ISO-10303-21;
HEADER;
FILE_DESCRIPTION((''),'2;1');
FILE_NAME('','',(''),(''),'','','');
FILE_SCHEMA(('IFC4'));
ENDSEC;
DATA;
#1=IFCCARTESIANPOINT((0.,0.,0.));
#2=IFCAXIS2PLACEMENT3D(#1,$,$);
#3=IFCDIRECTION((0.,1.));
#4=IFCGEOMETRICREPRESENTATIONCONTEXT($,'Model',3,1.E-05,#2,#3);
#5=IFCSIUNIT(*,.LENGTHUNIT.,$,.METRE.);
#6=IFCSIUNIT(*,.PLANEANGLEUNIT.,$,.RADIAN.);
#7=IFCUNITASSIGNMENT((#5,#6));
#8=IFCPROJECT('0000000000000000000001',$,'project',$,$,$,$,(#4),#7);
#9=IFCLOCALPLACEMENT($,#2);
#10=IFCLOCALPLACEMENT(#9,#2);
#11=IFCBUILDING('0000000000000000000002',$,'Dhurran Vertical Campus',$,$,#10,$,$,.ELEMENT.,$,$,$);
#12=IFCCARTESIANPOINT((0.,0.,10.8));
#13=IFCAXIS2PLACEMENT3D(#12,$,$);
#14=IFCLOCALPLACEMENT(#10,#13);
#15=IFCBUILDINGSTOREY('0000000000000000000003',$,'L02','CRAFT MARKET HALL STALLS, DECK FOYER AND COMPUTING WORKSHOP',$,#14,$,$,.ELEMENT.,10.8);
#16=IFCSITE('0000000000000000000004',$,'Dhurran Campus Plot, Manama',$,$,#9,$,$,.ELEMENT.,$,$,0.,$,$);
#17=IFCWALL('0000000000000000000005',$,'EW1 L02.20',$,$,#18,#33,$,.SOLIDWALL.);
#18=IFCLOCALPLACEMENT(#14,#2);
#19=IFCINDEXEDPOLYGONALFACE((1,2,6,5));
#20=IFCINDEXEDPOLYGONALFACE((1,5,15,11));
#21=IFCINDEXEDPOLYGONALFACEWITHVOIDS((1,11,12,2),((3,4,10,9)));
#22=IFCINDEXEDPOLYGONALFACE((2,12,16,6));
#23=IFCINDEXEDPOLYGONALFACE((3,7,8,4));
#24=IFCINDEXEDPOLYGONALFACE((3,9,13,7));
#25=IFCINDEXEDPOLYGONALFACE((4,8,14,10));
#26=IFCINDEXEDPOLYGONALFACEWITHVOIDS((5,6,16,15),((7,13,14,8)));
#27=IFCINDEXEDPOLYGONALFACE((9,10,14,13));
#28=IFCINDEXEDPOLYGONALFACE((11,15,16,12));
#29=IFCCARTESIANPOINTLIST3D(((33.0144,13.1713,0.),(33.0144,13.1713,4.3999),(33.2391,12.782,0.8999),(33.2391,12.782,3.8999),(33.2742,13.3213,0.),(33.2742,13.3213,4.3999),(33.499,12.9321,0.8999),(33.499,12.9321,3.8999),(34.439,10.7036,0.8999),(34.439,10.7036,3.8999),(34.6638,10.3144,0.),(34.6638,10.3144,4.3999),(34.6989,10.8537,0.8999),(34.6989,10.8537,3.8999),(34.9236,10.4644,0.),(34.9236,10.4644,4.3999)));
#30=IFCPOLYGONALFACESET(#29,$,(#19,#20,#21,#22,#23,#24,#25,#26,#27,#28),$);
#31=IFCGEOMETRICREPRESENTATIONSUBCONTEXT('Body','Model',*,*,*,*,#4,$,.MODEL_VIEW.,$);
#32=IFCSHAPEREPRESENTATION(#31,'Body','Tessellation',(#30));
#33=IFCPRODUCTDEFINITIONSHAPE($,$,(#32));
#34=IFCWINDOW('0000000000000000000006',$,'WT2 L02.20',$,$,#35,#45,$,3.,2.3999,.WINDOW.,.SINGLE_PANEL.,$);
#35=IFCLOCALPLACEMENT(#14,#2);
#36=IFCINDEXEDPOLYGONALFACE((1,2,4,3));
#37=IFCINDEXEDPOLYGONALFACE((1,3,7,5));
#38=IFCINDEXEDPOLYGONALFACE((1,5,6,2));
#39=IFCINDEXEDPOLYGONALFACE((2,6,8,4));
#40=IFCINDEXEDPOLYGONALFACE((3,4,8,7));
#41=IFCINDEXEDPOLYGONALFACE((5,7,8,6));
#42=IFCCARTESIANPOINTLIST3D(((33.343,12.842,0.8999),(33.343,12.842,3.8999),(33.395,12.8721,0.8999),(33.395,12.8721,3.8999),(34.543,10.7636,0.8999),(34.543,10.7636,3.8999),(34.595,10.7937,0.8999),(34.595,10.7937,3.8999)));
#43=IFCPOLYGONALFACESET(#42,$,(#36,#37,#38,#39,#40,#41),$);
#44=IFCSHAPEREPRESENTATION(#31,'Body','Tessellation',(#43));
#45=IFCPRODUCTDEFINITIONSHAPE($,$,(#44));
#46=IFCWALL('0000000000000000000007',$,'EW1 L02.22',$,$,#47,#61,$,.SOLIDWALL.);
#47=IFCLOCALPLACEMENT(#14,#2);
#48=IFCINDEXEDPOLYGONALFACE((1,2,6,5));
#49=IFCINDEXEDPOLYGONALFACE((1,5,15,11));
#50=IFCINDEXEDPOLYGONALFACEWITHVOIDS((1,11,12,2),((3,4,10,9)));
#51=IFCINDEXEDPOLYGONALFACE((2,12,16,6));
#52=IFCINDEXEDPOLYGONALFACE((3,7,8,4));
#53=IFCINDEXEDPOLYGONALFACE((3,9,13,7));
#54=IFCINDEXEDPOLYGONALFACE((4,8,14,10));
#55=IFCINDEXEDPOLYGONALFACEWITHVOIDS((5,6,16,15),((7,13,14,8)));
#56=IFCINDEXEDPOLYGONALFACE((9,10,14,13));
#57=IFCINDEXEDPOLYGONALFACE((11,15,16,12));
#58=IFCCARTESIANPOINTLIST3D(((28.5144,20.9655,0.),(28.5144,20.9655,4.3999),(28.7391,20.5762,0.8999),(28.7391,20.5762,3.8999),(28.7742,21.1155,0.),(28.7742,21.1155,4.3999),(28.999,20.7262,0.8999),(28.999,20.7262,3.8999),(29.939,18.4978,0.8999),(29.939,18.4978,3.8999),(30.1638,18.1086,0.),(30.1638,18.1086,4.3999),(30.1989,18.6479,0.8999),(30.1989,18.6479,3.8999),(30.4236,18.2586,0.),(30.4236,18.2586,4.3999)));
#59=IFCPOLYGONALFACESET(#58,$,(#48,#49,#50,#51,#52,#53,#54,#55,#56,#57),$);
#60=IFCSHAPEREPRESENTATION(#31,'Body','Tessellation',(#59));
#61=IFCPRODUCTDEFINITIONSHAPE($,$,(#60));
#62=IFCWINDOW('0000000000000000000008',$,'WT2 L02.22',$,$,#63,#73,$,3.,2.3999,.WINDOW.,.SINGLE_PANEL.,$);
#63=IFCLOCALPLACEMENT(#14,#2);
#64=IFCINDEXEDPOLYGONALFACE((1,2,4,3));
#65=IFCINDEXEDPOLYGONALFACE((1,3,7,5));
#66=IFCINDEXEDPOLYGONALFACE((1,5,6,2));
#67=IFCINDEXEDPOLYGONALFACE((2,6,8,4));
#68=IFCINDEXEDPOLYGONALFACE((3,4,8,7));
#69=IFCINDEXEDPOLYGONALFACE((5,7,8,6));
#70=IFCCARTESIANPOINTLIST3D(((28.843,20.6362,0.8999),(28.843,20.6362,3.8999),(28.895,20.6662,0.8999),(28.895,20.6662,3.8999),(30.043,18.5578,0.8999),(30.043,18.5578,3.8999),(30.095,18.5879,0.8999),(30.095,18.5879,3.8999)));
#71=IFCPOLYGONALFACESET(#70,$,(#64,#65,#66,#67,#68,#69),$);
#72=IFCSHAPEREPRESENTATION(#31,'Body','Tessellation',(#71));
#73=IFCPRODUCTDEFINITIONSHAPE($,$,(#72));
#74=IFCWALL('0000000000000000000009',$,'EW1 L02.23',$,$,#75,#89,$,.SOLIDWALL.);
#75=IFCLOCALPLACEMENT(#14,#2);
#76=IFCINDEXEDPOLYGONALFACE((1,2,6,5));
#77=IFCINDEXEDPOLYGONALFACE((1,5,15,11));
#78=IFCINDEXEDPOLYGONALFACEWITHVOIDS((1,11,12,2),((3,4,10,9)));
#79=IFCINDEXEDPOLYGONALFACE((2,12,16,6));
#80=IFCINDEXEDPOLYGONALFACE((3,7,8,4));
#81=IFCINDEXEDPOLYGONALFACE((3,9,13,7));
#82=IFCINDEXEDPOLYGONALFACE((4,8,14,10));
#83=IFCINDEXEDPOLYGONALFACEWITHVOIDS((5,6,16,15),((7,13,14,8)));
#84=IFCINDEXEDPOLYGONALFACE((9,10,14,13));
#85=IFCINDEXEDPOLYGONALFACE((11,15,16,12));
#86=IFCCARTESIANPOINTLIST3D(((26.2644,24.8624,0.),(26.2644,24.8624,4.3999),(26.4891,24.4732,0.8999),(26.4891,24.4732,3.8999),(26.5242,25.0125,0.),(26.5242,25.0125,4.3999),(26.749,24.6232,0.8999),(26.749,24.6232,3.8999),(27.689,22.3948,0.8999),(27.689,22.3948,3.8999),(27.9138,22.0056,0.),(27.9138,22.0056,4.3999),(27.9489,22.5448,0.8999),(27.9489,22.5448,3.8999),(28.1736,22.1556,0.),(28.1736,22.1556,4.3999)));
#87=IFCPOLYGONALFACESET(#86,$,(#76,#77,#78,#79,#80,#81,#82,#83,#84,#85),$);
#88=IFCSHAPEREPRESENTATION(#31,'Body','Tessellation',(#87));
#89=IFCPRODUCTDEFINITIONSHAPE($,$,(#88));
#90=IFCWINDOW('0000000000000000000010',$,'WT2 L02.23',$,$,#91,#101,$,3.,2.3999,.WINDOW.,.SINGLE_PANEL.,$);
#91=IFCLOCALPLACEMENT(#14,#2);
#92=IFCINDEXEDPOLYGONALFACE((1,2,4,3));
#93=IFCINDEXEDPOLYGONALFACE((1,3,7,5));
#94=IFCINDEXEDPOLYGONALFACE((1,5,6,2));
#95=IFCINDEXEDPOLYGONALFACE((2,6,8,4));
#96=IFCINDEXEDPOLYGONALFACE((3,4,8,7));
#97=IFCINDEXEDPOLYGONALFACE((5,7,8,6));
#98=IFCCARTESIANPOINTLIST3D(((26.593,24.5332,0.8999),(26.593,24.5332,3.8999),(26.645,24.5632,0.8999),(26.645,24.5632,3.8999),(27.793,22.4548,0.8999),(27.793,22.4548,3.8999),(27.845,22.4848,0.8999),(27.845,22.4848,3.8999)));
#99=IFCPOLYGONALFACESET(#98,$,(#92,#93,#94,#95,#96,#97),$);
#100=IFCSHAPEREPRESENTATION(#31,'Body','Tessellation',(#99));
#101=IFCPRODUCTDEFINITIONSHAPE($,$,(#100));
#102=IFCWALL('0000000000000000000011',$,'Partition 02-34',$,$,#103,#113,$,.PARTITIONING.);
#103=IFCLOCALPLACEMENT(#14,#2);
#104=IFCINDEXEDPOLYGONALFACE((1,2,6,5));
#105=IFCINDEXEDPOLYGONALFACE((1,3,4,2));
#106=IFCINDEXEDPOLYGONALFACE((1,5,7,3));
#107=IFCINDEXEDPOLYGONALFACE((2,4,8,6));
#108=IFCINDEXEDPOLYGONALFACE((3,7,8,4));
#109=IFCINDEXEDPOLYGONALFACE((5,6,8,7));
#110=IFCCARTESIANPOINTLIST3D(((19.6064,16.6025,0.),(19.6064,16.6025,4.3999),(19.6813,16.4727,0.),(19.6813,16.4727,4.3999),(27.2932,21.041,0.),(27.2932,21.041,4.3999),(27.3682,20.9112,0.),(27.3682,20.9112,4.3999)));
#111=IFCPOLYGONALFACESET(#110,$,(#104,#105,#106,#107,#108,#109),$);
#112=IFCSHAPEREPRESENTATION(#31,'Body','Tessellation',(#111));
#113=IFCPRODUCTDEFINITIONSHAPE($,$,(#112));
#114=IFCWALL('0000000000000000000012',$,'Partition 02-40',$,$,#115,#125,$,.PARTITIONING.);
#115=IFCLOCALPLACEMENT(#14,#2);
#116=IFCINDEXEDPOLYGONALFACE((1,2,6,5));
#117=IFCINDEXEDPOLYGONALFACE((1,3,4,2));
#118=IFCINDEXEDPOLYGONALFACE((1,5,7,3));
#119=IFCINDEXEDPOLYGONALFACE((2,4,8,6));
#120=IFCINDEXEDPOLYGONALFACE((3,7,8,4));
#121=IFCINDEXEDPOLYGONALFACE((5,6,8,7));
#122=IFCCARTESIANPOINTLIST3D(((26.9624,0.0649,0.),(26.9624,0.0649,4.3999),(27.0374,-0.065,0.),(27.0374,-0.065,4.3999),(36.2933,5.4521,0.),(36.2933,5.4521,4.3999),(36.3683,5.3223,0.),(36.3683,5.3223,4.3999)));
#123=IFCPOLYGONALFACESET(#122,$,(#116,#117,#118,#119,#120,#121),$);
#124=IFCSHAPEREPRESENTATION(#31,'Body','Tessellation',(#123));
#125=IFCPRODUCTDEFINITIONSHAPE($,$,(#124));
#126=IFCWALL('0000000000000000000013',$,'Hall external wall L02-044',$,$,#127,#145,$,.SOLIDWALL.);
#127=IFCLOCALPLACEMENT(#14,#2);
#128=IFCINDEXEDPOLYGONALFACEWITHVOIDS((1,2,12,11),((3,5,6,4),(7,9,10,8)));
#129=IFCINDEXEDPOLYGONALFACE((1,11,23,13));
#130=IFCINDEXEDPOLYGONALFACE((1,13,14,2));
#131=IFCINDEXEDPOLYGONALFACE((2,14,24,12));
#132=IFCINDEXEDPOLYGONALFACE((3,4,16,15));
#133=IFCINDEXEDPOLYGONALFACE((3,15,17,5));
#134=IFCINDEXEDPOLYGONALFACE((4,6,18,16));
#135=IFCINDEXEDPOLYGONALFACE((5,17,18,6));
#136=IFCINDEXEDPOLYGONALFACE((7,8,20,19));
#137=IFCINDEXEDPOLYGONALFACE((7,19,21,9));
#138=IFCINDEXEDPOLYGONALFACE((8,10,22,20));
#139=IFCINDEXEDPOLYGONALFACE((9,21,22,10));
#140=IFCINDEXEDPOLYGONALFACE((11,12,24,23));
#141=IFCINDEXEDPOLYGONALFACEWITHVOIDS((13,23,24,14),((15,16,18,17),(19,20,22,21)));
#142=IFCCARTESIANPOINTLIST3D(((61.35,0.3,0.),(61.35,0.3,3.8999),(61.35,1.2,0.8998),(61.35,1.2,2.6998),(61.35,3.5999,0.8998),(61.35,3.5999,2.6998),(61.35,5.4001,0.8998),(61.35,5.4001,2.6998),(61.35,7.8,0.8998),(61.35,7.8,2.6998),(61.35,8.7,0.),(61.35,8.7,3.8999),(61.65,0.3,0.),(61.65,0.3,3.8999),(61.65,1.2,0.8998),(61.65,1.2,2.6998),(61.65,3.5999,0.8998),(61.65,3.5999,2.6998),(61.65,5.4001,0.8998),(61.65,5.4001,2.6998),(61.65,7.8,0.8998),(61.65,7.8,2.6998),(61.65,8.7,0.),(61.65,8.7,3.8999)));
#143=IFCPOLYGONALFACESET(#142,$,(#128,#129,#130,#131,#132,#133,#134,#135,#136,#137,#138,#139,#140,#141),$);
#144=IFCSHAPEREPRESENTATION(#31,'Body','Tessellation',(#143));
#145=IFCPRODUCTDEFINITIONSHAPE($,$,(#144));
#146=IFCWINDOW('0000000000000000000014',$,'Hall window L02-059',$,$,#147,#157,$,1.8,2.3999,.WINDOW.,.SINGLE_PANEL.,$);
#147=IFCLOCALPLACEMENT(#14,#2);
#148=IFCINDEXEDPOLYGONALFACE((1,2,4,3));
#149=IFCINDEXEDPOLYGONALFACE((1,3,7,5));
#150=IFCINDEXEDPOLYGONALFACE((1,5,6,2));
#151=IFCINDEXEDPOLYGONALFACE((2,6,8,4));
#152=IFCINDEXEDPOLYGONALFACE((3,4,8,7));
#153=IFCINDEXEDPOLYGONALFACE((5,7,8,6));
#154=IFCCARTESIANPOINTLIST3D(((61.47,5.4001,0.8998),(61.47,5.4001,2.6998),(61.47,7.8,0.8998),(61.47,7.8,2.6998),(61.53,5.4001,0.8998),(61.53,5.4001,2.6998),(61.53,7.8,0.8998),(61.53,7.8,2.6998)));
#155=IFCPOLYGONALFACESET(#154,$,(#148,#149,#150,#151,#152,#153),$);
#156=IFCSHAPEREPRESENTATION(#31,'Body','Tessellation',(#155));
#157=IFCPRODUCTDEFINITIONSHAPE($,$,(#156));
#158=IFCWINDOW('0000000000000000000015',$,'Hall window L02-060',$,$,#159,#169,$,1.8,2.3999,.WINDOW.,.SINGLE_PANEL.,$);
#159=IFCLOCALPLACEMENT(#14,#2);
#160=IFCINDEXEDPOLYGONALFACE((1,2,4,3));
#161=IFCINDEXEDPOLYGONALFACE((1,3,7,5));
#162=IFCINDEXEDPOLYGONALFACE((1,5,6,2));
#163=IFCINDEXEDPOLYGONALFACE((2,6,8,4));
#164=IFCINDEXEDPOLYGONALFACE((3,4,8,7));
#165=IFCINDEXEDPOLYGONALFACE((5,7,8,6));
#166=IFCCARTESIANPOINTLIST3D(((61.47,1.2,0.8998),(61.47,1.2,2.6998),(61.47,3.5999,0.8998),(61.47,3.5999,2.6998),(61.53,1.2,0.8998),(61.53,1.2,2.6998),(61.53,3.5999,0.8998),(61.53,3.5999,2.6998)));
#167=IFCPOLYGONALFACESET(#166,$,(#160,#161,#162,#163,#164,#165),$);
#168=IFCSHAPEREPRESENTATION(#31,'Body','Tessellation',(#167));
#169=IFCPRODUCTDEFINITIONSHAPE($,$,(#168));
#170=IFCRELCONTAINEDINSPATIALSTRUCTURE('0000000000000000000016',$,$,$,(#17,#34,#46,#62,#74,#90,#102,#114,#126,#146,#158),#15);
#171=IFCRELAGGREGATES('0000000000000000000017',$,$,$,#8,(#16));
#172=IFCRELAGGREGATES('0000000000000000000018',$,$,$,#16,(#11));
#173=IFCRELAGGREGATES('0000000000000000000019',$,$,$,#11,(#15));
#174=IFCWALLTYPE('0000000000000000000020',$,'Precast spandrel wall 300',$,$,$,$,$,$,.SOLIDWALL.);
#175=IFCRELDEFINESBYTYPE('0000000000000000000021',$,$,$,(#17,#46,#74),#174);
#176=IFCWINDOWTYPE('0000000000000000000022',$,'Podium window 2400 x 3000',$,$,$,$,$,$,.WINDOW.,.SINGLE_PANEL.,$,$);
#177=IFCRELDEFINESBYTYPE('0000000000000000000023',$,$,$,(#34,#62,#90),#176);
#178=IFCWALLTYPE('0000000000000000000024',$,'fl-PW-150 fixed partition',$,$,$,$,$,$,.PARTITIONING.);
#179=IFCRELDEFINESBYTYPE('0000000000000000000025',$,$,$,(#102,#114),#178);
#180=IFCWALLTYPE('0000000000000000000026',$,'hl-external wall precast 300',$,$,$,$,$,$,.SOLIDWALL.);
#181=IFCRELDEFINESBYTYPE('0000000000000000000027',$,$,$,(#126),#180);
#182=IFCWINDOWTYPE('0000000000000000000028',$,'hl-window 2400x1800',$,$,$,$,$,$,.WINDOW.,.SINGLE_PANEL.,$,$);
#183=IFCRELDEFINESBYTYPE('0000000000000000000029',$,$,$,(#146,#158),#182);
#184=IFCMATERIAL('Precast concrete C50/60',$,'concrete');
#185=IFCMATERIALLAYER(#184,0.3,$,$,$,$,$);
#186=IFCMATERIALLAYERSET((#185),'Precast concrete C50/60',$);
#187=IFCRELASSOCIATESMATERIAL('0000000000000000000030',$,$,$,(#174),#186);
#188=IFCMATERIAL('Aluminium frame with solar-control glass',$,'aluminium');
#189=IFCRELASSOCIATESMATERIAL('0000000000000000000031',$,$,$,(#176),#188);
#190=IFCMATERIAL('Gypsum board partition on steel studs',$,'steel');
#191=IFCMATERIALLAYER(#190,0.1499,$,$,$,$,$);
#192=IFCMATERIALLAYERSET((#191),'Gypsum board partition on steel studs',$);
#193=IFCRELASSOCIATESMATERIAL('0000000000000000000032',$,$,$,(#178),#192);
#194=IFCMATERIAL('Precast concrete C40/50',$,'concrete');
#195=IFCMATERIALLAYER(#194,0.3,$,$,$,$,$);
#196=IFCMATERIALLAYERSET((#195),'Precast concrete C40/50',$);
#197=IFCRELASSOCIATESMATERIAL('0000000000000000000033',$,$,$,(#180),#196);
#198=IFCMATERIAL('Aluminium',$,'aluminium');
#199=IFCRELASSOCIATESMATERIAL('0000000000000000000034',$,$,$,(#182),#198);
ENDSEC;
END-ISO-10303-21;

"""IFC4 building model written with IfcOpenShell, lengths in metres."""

from ifc_helpers import new_model, si_unit, direction, frame, frame_2d, origin, place, context, subcontext, project, spatial, rectangle, extrude, material, layer, layer_set, type_object, element, fill, save


model = new_model("IFC4")

# Units and contexts
model_context = context("Model", 3, precision=1e-05, world=origin(), true_north=direction((0.0, 1.0)))
body_context = subcontext(model_context, "Body", "Model", "MODEL_VIEW")
ifc_project = project(units=[si_unit("LENGTHUNIT", "METRE"), si_unit("PLANEANGLEUNIT", "RADIAN")], contexts=[model_context])

# Site, building, storey
site_placement = place(None, origin())
site = spatial("IfcSite", under=ifc_project, at=site_placement, Name="Dhurran Campus Plot, Manama", CompositionType="ELEMENT", RefElevation=0.0)
building_placement = place(site_placement, origin())
building = spatial("IfcBuilding", under=site, at=building_placement, Name="Dhurran Vertical Campus", CompositionType="ELEMENT")
storey_placement = place(building_placement, frame((0.0, 0.0, 10.8)))
storey = spatial("IfcBuildingStorey", under=building, at=storey_placement, Name="L02", Description="CRAFT MARKET HALL STALLS, DECK FOYER AND COMPUTING WORKSHOP", CompositionType="ELEMENT", Elevation=10.8)

# Wall, opening, window
ifc_material_1 = material(Name="Precast concrete C50/60", Category="concrete")
ifc_layer_1 = layer(ifc_material_1, 0.3)
ifc_layer_set_1 = layer_set([ifc_layer_1], Name="Precast concrete C50/60")
wall_type_1 = type_object("IfcWallType", Name="Precast spandrel wall 300", PredefinedType="SOLIDWALL", material=ifc_layer_set_1)
ifc_material_2 = material(Name="Aluminium frame with solar-control glass", Category="aluminium")
window_type_1 = type_object("IfcWindowType", Name="Podium window 2400 x 3000", PartitioningType="SINGLE_PANEL", PredefinedType="WINDOW", material=ifc_material_2)
wall_1_placement = place(storey_placement, frame((34.7937, 10.3894, 0.0), z_axis=(0.0, 0.0, 1.0), x_axis=(-0.499992, 0.86603, 0.0)))
wall_1 = element("IfcWall", 1, at=wall_1_placement, inside=storey, type_object=wall_type_1, Name="EW1 L02.20", PredefinedType="SOLIDWALL", context=body_context, shape_type="SweptSolid", body=[
    extrude(rectangle(XDim=3.2988, YDim=0.3, at=frame_2d((1.6494, 0.0))), origin(), (0.0, 0.0, 1.0), 4.3999),
])
opening_1_placement = place(wall_1_placement, frame((0.4495, 0.0, 0.8999)))
opening_1 = element("IfcOpeningElement", 2, at=opening_1_placement, cuts=wall_1, PredefinedType="OPENING", context=body_context, shape_type="SweptSolid", body=[
    extrude(rectangle(XDim=2.3999, YDim=3.0, at=frame_2d((1.2, 1.5))), frame((0.0, 0.1599, 0.0), z_axis=(0.0, -1.0, 0.0), x_axis=(1.0, 0.0, 0.0)), (0.0, 0.0, 1.0), 0.3201),
])
window_1_placement = place(opening_1_placement, origin())
window_1 = element("IfcWindow", 3, at=window_1_placement, inside=storey, type_object=window_type_1, Name="WT2 L02.20", OverallHeight=3.0, OverallWidth=2.3999, PartitioningType="SINGLE_PANEL", PredefinedType="WINDOW", context=body_context, shape_type="SweptSolid", body=[
    extrude(rectangle(XDim=2.3999, YDim=3.0, at=frame_2d((1.2, 1.5))), frame((0.0, 0.03, 0.0), z_axis=(0.0, -1.0, 0.0), x_axis=(1.0, 0.0, 0.0)), (0.0, 0.0, 1.0), 0.0601),
])
fill(opening_1, window_1)

# Walls, openings, windows
wall_2_placement = place(storey_placement, frame((30.2937, 18.1836, 0.0), z_axis=(0.0, 0.0, 1.0), x_axis=(-0.499992, 0.86603, 0.0)))
wall_2 = element("IfcWall", 4, at=wall_2_placement, inside=storey, type_object=wall_type_1, Name="EW1 L02.22", PredefinedType="SOLIDWALL", context=body_context, shape_type="SweptSolid", body=[
    extrude(rectangle(XDim=3.2988, YDim=0.3, at=frame_2d((1.6494, 0.0))), origin(), (0.0, 0.0, 1.0), 4.3999),
])
opening_2_placement = place(wall_2_placement, frame((0.4495, 0.0, 0.8999)))
opening_2 = element("IfcOpeningElement", 5, at=opening_2_placement, cuts=wall_2, PredefinedType="OPENING", context=body_context, shape_type="SweptSolid", body=[
    extrude(rectangle(XDim=2.3999, YDim=3.0, at=frame_2d((1.2, 1.5))), frame((0.0, 0.1599, 0.0), z_axis=(0.0, -1.0, 0.0), x_axis=(1.0, 0.0, 0.0)), (0.0, 0.0, 1.0), 0.3201),
])
window_2_placement = place(opening_2_placement, origin())
window_2 = element("IfcWindow", 6, at=window_2_placement, inside=storey, type_object=window_type_1, Name="WT2 L02.22", OverallHeight=3.0, OverallWidth=2.3999, PartitioningType="SINGLE_PANEL", PredefinedType="WINDOW", context=body_context, shape_type="SweptSolid", body=[
    extrude(rectangle(XDim=2.3999, YDim=3.0, at=frame_2d((1.2, 1.5))), frame((0.0, 0.03, 0.0), z_axis=(0.0, -1.0, 0.0), x_axis=(1.0, 0.0, 0.0)), (0.0, 0.0, 1.0), 0.0601),
])
fill(opening_2, window_2)
wall_3_placement = place(storey_placement, frame((28.0437, 22.0806, 0.0), z_axis=(0.0, 0.0, 1.0), x_axis=(-0.499992, 0.86603, 0.0)))
wall_3 = element("IfcWall", 7, at=wall_3_placement, inside=storey, type_object=wall_type_1, Name="EW1 L02.23", PredefinedType="SOLIDWALL", context=body_context, shape_type="SweptSolid", body=[
    extrude(rectangle(XDim=3.2988, YDim=0.3, at=frame_2d((1.6494, 0.0))), origin(), (0.0, 0.0, 1.0), 4.3999),
])
opening_3_placement = place(wall_3_placement, frame((0.4495, 0.0, 0.8999)))
opening_3 = element("IfcOpeningElement", 8, at=opening_3_placement, cuts=wall_3, PredefinedType="OPENING", context=body_context, shape_type="SweptSolid", body=[
    extrude(rectangle(XDim=2.3999, YDim=3.0, at=frame_2d((1.2, 1.5))), frame((0.0, 0.1599, 0.0), z_axis=(0.0, -1.0, 0.0), x_axis=(1.0, 0.0, 0.0)), (0.0, 0.0, 1.0), 0.3201),
])
window_3_placement = place(opening_3_placement, origin())
window_3 = element("IfcWindow", 9, at=window_3_placement, inside=storey, type_object=window_type_1, Name="WT2 L02.23", OverallHeight=3.0, OverallWidth=2.3999, PartitioningType="SINGLE_PANEL", PredefinedType="WINDOW", context=body_context, shape_type="SweptSolid", body=[
    extrude(rectangle(XDim=2.3999, YDim=3.0, at=frame_2d((1.2, 1.5))), frame((0.0, 0.03, 0.0), z_axis=(0.0, -1.0, 0.0), x_axis=(1.0, 0.0, 0.0)), (0.0, 0.0, 1.0), 0.0601),
])
fill(opening_3, window_3)

# Walls
ifc_material_3 = material(Name="Gypsum board partition on steel studs", Category="steel")
ifc_layer_2 = layer(ifc_material_3, 0.1499)
ifc_layer_set_2 = layer_set([ifc_layer_2], Name="Gypsum board partition on steel studs")
wall_type_2 = type_object("IfcWallType", Name="fl-PW-150 fixed partition", PredefinedType="PARTITIONING", material=ifc_layer_set_2)
wall_4_placement = place(storey_placement, frame((27.3306, 20.9761, 0.0), z_axis=(0.0, 0.0, 1.0), x_axis=(-0.866, -0.500044, 0.0)))
element("IfcWall", 10, at=wall_4_placement, inside=storey, type_object=wall_type_2, Name="Partition 02-34", PredefinedType="PARTITIONING", context=body_context, shape_type="SweptSolid", body=[
    extrude(rectangle(XDim=8.8762, YDim=0.1499, at=frame_2d((4.438, 0.0))), origin(), (0.0, 0.0, 1.0), 4.3999),
])
wall_5_placement = place(storey_placement, frame((36.3308, 5.3872, 0.0), z_axis=(0.0, 0.0, 1.0), x_axis=(-0.866023, -0.500004, 0.0)))
element("IfcWall", 11, at=wall_5_placement, inside=storey, type_object=wall_type_2, Name="Partition 02-40", PredefinedType="PARTITIONING", context=body_context, shape_type="SweptSolid", body=[
    extrude(rectangle(XDim=10.7744, YDim=0.1499, at=frame_2d((5.3872, 0.0))), origin(), (0.0, 0.0, 1.0), 4.3999),
])

# Wall, openings, windows
ifc_material_4 = material(Name="Precast concrete C40/50", Category="concrete")
ifc_layer_3 = layer(ifc_material_4, 0.3)
ifc_layer_set_3 = layer_set([ifc_layer_3], Name="Precast concrete C40/50")
wall_type_3 = type_object("IfcWallType", Name="hl-external wall precast 300", PredefinedType="SOLIDWALL", material=ifc_layer_set_3)
wall_6_placement = place(storey_placement, frame((61.5, 8.7, 0.0), z_axis=(0.0, 0.0, 1.0), x_axis=(0.0, -1.0, 0.0)))
wall_6 = element("IfcWall", 12, at=wall_6_placement, inside=storey, type_object=wall_type_3, Name="Hall external wall L02-044", PredefinedType="SOLIDWALL", context=body_context, shape_type="SweptSolid", body=[
    extrude(rectangle(XDim=8.3999, YDim=0.3, at=frame_2d((4.2, 0.0))), origin(), (0.0, 0.0, 1.0), 3.8999),
])
opening_4_placement = place(wall_6_placement, frame((0.8999, 0.0, 0.8999)))
opening_4 = element("IfcOpeningElement", 13, at=opening_4_placement, cuts=wall_6, PredefinedType="OPENING", context=body_context, shape_type="SweptSolid", body=[
    extrude(rectangle(XDim=2.3999, YDim=1.8, at=frame_2d((1.2, 0.8999))), frame((0.0, 0.1599, 0.0), z_axis=(0.0, -1.0, 0.0), x_axis=(1.0, 0.0, 0.0)), (0.0, 0.0, 1.0), 0.3201),
])
opening_5_placement = place(wall_6_placement, frame((5.1001, 0.0, 0.8999)))
opening_5 = element("IfcOpeningElement", 14, at=opening_5_placement, cuts=wall_6, PredefinedType="OPENING", context=body_context, shape_type="SweptSolid", body=[
    extrude(rectangle(XDim=2.3999, YDim=1.8, at=frame_2d((1.2, 0.8999))), frame((0.0, 0.1599, 0.0), z_axis=(0.0, -1.0, 0.0), x_axis=(1.0, 0.0, 0.0)), (0.0, 0.0, 1.0), 0.3201),
])
ifc_material_5 = material(Name="Aluminium", Category="aluminium")
window_type_2 = type_object("IfcWindowType", Name="hl-window 2400x1800", PartitioningType="SINGLE_PANEL", PredefinedType="WINDOW", material=ifc_material_5)
window_4_placement = place(opening_4_placement, origin())
window_4 = element("IfcWindow", 15, at=window_4_placement, inside=storey, type_object=window_type_2, Name="Hall window L02-059", OverallHeight=1.8, OverallWidth=2.3999, PartitioningType="SINGLE_PANEL", PredefinedType="WINDOW", context=body_context, shape_type="SweptSolid", body=[
    extrude(rectangle(XDim=2.3999, YDim=1.8, at=frame_2d((1.2, 0.8999))), frame((0.0, 0.03, 0.0), z_axis=(0.0, -1.0, 0.0), x_axis=(1.0, 0.0, 0.0)), (0.0, 0.0, 1.0), 0.0601),
])
fill(opening_4, window_4)
window_5_placement = place(opening_5_placement, origin())
window_5 = element("IfcWindow", 16, at=window_5_placement, inside=storey, type_object=window_type_2, Name="Hall window L02-060", OverallHeight=1.8, OverallWidth=2.3999, PartitioningType="SINGLE_PANEL", PredefinedType="WINDOW", context=body_context, shape_type="SweptSolid", body=[
    extrude(rectangle(XDim=2.3999, YDim=1.8, at=frame_2d((1.2, 0.8999))), frame((0.0, 0.03, 0.0), z_axis=(0.0, -1.0, 0.0), x_axis=(1.0, 0.0, 0.0)), (0.0, 0.0, 1.0), 0.0601),
])
fill(opening_5, window_5)

save(model, "model.ifc")
